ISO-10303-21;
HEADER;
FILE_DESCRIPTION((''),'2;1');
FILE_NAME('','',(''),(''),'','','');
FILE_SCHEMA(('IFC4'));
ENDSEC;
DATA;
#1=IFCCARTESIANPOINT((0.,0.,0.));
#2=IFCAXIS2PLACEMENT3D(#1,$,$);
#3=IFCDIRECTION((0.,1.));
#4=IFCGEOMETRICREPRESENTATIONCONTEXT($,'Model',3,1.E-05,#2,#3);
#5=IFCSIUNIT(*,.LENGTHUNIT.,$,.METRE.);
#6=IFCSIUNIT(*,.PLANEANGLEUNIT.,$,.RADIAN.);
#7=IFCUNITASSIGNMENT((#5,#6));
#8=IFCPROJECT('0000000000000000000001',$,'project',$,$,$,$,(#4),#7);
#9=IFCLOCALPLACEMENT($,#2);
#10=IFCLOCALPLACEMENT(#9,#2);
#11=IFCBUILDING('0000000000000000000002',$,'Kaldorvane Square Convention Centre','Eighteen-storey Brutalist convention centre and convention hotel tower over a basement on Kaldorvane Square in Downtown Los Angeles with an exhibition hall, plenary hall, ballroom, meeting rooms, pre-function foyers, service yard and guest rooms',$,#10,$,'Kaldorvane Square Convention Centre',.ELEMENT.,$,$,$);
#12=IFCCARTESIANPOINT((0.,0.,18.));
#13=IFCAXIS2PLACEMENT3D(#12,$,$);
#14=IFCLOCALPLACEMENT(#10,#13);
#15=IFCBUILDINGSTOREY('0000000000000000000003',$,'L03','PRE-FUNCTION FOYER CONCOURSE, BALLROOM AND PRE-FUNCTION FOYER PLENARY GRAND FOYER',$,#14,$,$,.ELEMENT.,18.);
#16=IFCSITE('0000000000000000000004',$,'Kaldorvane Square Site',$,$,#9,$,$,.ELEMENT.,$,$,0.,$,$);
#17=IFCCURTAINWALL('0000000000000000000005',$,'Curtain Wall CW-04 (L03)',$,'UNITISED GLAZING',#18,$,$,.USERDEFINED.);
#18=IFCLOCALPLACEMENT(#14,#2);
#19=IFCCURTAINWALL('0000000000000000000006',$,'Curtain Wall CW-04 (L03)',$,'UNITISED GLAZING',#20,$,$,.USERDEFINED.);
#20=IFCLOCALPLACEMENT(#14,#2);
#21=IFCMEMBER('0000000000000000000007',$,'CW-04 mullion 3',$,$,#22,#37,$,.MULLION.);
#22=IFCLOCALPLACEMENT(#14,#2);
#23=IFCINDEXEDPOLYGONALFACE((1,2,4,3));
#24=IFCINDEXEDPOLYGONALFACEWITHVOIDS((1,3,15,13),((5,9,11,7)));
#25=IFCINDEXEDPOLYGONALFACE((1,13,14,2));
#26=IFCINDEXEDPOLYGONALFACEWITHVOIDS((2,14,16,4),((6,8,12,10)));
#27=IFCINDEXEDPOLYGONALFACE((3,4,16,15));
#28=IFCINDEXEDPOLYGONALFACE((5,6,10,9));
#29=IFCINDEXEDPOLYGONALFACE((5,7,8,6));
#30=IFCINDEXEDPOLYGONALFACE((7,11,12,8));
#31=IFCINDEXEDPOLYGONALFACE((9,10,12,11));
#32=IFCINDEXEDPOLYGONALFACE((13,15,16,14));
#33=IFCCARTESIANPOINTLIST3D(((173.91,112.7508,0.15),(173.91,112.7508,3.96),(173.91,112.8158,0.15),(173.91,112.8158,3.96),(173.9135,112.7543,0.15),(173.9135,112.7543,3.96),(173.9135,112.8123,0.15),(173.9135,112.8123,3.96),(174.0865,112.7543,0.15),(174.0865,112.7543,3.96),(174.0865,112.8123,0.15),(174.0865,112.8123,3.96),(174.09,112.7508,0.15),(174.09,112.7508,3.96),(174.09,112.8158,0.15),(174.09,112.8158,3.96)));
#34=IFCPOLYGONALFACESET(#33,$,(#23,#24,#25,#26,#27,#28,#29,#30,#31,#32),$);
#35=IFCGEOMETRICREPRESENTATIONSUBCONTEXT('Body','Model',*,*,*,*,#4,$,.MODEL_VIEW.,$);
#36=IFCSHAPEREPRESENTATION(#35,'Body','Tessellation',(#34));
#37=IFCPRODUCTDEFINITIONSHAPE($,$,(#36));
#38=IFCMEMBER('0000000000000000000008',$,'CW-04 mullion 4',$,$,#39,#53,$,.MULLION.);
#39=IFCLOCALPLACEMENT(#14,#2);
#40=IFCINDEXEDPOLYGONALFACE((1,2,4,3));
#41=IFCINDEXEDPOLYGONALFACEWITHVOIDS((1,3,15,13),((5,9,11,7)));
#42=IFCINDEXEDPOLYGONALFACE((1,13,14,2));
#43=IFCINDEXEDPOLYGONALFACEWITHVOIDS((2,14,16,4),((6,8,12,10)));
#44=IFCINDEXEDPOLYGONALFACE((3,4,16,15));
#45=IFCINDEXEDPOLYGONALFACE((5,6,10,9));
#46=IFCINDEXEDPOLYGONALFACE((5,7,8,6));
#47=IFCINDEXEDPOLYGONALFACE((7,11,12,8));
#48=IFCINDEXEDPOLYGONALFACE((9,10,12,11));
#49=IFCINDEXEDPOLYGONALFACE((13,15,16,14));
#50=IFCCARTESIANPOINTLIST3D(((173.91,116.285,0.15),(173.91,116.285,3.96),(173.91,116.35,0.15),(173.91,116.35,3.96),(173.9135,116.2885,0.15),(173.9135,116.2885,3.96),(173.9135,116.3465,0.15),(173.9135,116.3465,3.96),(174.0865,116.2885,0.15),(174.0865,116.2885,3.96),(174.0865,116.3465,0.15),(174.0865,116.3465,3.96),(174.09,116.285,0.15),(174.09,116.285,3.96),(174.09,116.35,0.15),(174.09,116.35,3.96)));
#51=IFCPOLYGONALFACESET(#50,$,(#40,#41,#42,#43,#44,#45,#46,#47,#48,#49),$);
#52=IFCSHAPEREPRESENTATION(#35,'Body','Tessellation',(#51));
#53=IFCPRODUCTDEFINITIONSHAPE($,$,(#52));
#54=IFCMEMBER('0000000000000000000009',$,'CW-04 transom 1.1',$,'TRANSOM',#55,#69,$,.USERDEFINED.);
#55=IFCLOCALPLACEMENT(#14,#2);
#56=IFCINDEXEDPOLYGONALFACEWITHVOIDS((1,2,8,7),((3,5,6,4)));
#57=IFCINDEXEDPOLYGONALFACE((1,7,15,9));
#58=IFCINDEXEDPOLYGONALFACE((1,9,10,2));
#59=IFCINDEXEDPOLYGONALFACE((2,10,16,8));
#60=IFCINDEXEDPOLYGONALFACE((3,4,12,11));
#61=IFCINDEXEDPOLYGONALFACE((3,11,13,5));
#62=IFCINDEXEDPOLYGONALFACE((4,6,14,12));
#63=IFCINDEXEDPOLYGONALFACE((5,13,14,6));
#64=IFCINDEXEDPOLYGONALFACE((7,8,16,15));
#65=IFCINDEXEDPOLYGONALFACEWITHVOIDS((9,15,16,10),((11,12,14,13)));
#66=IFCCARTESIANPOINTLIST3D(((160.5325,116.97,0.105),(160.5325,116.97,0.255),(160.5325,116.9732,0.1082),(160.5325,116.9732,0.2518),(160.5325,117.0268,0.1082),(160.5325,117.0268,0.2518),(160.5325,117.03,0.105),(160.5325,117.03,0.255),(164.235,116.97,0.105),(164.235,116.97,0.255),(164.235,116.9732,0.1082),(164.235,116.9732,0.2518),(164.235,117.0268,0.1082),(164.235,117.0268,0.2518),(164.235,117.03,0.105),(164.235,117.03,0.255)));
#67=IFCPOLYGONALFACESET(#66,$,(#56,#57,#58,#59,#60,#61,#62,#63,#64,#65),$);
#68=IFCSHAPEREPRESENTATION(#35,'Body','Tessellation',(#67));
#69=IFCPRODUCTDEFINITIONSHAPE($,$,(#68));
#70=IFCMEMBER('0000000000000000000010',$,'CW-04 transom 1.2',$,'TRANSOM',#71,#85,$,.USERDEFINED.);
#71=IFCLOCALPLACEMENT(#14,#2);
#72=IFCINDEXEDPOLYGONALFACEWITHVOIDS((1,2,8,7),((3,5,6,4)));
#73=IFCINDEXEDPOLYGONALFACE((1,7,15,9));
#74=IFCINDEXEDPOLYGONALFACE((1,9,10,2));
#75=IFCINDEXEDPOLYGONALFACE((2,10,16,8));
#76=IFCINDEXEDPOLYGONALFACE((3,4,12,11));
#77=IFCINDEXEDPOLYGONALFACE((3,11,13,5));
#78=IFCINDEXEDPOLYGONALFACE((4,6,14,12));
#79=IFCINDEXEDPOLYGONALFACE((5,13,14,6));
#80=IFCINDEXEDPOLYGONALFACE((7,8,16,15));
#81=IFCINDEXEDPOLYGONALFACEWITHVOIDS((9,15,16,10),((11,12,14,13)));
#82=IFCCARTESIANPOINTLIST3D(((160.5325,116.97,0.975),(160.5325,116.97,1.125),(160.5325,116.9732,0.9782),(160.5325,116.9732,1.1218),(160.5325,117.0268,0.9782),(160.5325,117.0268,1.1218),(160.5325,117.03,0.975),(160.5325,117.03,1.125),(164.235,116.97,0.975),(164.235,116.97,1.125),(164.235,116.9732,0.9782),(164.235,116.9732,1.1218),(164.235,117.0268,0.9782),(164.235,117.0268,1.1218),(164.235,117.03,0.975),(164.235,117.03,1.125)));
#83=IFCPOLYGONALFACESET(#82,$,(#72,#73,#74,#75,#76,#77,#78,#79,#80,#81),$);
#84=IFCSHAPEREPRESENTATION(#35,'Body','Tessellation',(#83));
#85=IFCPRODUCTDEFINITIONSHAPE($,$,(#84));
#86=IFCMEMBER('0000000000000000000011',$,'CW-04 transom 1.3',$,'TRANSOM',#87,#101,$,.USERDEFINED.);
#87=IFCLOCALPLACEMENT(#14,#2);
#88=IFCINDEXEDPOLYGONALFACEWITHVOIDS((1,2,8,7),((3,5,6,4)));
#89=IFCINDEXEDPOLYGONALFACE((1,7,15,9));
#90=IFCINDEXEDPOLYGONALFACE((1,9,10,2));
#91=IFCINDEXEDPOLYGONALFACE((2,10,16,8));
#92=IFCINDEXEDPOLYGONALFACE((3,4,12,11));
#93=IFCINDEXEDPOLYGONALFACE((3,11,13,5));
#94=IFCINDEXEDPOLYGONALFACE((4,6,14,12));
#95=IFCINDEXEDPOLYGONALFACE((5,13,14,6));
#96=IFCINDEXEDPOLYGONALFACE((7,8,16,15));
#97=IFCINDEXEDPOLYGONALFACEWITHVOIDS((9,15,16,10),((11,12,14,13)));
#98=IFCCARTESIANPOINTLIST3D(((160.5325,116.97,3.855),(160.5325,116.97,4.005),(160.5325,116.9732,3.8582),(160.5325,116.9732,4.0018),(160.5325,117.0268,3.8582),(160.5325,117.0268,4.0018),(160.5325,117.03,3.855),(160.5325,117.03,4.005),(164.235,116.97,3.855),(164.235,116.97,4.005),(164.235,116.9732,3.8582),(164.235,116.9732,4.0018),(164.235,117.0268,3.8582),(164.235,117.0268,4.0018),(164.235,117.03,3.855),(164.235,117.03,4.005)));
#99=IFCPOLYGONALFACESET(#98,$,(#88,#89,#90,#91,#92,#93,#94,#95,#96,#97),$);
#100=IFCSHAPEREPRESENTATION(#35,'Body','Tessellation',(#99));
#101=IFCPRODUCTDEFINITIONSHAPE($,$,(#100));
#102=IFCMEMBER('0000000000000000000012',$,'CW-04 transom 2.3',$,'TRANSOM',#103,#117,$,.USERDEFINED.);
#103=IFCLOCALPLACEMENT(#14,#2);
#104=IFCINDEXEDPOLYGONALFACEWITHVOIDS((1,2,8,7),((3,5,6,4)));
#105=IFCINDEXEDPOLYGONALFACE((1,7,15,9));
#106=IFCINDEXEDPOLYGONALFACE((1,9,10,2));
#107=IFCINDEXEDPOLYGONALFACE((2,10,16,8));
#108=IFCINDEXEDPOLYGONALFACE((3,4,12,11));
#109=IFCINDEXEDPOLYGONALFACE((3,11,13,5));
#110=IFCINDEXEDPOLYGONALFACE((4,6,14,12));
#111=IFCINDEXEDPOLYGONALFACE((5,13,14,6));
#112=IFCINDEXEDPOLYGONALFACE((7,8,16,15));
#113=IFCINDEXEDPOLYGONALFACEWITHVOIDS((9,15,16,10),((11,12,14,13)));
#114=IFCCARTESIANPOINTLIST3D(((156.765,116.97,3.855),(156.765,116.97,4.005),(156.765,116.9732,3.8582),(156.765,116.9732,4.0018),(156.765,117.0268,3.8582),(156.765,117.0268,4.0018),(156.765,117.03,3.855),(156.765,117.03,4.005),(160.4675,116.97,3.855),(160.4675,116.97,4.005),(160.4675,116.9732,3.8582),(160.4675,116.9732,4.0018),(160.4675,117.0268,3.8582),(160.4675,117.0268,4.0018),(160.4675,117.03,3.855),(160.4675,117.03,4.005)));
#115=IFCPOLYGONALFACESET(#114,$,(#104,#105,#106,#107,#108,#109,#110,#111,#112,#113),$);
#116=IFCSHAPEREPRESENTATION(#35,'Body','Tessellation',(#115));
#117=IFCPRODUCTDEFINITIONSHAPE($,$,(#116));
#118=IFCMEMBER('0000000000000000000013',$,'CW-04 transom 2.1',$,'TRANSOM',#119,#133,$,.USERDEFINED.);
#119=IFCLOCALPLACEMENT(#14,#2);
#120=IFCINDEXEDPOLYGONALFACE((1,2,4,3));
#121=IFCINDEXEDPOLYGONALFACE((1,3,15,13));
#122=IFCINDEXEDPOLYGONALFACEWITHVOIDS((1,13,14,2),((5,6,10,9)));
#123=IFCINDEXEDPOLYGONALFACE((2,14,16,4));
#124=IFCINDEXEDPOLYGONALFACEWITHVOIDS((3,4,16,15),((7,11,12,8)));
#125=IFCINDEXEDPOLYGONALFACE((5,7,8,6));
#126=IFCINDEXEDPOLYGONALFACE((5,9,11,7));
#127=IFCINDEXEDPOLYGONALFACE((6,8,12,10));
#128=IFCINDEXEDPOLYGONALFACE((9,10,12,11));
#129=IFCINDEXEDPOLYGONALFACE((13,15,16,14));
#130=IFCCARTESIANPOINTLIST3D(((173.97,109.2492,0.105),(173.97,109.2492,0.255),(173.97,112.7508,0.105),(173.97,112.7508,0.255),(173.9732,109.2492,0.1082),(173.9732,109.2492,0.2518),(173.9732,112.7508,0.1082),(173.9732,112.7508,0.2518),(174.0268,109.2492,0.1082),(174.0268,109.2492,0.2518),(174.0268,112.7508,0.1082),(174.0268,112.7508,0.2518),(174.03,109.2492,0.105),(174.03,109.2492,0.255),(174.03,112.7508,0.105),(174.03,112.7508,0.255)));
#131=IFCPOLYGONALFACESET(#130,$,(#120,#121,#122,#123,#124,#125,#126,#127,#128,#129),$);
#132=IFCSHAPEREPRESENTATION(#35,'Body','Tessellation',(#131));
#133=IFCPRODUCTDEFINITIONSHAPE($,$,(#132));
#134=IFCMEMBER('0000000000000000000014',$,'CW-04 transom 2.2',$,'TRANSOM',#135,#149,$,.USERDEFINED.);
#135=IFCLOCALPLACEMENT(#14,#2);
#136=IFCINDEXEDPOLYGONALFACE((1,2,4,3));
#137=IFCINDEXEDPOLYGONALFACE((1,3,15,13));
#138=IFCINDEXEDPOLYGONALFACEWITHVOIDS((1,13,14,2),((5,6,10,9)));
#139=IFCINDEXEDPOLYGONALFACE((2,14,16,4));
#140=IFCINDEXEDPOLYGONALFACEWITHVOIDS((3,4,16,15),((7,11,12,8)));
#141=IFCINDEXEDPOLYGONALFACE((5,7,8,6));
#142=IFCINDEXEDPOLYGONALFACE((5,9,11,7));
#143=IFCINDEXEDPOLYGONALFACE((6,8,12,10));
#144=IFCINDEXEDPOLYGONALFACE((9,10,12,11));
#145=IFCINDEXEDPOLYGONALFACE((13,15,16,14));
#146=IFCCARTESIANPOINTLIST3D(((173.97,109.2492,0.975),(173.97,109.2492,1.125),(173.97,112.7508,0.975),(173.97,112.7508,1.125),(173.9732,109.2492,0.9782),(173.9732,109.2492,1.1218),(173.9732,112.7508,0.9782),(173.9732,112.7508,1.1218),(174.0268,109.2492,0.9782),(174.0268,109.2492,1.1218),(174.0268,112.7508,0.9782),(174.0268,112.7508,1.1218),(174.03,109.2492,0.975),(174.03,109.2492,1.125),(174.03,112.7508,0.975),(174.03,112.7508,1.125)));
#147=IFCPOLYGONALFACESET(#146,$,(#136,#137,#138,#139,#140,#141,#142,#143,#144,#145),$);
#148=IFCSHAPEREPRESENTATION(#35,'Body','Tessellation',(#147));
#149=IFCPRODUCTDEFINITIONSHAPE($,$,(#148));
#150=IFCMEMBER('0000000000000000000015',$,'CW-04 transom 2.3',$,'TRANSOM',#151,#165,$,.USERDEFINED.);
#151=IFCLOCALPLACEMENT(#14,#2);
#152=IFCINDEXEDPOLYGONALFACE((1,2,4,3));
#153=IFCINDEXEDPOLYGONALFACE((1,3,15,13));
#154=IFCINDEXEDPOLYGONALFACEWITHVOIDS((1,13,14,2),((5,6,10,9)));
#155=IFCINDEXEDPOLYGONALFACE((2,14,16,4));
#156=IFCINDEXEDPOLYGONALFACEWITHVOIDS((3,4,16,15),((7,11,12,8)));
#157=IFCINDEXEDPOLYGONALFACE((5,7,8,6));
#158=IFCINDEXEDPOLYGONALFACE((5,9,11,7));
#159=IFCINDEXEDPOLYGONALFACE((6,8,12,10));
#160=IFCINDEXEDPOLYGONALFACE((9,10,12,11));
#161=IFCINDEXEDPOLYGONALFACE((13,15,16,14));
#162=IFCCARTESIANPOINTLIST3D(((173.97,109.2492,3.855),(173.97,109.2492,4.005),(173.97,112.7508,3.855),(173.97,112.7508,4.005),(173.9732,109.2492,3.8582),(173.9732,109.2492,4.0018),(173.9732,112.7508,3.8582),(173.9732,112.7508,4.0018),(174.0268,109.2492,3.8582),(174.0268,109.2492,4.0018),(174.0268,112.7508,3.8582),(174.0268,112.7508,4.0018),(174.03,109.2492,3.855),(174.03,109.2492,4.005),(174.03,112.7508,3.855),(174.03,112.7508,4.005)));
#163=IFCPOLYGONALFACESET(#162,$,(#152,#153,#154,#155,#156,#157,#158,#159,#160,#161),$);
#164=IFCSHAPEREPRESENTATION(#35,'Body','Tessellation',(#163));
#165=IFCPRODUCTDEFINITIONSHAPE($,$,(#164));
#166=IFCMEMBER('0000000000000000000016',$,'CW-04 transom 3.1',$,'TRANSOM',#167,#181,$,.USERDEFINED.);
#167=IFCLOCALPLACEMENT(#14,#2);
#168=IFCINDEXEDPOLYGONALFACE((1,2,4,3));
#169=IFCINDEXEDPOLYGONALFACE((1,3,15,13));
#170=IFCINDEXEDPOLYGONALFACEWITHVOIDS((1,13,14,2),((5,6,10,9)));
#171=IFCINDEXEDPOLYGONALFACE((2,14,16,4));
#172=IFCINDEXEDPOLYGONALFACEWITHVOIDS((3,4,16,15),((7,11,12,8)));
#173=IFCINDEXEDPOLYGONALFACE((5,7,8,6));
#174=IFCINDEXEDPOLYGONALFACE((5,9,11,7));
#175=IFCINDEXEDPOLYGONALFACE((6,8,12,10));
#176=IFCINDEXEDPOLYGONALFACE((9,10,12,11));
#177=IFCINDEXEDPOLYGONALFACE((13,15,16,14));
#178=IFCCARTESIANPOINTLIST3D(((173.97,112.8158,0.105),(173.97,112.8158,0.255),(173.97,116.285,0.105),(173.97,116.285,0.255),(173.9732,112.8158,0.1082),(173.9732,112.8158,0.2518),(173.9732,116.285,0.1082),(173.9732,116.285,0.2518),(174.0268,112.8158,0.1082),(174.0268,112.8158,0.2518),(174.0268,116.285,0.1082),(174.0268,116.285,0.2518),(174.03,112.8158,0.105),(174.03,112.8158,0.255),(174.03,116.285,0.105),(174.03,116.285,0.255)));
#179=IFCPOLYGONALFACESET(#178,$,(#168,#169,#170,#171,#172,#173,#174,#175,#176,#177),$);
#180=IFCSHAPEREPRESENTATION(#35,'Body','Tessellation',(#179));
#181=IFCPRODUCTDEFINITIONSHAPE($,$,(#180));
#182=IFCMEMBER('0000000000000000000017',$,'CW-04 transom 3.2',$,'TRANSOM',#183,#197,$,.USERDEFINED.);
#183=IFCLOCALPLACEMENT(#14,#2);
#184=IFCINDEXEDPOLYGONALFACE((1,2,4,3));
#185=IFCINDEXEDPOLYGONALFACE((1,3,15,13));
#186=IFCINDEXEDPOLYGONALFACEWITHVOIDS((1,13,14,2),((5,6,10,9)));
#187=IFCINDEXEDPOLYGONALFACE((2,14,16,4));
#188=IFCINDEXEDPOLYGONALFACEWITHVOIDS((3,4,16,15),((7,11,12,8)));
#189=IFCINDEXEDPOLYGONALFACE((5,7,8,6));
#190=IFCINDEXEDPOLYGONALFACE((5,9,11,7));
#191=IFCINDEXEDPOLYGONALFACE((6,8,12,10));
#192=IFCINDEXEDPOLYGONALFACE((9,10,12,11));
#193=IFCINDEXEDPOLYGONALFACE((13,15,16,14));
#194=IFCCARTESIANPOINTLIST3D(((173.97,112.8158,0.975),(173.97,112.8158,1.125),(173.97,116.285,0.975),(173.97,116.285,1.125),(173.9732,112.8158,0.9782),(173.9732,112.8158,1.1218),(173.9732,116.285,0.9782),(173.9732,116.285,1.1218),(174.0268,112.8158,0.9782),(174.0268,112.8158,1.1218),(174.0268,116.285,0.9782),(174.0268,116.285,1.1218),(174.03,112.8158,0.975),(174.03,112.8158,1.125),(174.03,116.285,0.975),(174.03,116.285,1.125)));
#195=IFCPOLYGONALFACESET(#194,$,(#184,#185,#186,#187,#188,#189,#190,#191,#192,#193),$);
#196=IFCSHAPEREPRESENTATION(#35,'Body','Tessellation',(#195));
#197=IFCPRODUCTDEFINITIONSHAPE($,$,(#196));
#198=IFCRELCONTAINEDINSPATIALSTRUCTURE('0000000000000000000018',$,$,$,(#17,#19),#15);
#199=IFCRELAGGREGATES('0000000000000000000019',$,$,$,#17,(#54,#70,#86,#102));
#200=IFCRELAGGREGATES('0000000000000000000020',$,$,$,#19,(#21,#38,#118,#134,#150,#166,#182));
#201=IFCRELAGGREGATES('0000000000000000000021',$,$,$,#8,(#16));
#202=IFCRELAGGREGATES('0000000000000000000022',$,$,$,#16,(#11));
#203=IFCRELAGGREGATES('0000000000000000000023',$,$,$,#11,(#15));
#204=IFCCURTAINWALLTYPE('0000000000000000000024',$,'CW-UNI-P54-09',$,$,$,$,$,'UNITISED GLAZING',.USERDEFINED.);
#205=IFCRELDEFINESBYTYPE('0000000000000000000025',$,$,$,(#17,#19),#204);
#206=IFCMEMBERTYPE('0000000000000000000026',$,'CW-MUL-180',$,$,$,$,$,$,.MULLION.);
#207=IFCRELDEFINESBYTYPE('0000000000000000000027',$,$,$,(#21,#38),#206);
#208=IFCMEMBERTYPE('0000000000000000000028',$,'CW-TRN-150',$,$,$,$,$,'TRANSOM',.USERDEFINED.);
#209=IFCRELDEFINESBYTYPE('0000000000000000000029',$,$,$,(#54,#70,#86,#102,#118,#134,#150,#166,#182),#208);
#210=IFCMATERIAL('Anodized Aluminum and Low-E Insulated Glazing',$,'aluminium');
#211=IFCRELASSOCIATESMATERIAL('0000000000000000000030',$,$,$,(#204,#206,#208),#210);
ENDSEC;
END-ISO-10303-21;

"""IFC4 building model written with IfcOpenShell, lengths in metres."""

from ifc_helpers import new_model, si_unit, direction, frame, origin, origin_2d, place, context, subcontext, project, spatial, hollow_rectangle, extrude, material, material_profile, profile_set, type_object, element, aggregate, save


model = new_model("IFC4")

# Units and contexts
model_context = context("Model", 3, precision=1e-05, world=origin(), true_north=direction((0.0, 1.0)))
body_context = subcontext(model_context, "Body", "Model", "MODEL_VIEW")
ifc_project = project(units=[si_unit("LENGTHUNIT", "METRE"), si_unit("PLANEANGLEUNIT", "RADIAN")], contexts=[model_context])

# Site, building, storey
site_placement = place(None, origin())
site = spatial("IfcSite", under=ifc_project, at=site_placement, Name="Kaldorvane Square Site", CompositionType="ELEMENT", RefElevation=0.0)
building_placement = place(site_placement, origin())
building = spatial("IfcBuilding", under=site, at=building_placement, Name="Kaldorvane Square Convention Centre", Description="Eighteen-storey Brutalist convention centre and convention hotel tower over a basement on Kaldorvane Square in Downtown Los Angeles with an exhibition hall, plenary hall, ballroom, meeting rooms, pre-function foyers, service yard and guest rooms", LongName="Kaldorvane Square Convention Centre", CompositionType="ELEMENT")
storey_placement = place(building_placement, frame((0.0, 0.0, 18.0)))
storey = spatial("IfcBuildingStorey", under=building, at=storey_placement, Name="L03", Description="PRE-FUNCTION FOYER CONCOURSE, BALLROOM AND PRE-FUNCTION FOYER PLENARY GRAND FOYER", CompositionType="ELEMENT", Elevation=18.0)

# Curtain walls, members
ifc_material_1 = material(Name="Anodized Aluminum and Low-E Insulated Glazing", Category="aluminium")
curtain_wall_type = type_object("IfcCurtainWallType", Name="CW-UNI-P54-09", ElementType="UNITISED GLAZING", PredefinedType="USERDEFINED", material=ifc_material_1)
curtain_wall_1_placement = place(storey_placement, origin())
curtain_wall_1 = element("IfcCurtainWall", 1, at=curtain_wall_1_placement, inside=storey, type_object=curtain_wall_type, Name="Curtain Wall CW-04 (L03)", ObjectType="UNITISED GLAZING", PredefinedType="USERDEFINED")
ifc_material_profile_1 = material_profile(ifc_material_1, hollow_rectangle(XDim=0.065, YDim=0.18, WallThickness=0.0035, at=origin_2d()), Name="CWM-180X65")
ifc_profile_set_1 = profile_set([ifc_material_profile_1], Name="Anodized Aluminum and Low-E Insulated Glazing")
member_type_1 = type_object("IfcMemberType", Name="CW-MUL-180", PredefinedType="MULLION", material=ifc_profile_set_1)
curtain_wall_2_placement = place(storey_placement, origin())
curtain_wall_2 = element("IfcCurtainWall", 2, at=curtain_wall_2_placement, inside=storey, type_object=curtain_wall_type, Name="Curtain Wall CW-04 (L03)", ObjectType="UNITISED GLAZING", PredefinedType="USERDEFINED")
member_1_placement = place(storey_placement, frame((174.0, 112.7833, 0.15), z_axis=(0.0, 0.0, 1.0), x_axis=(0.0, 1.0, 0.0)))
member_1 = element("IfcMember", 3, at=member_1_placement, type_object=member_type_1, Name="CW-04 mullion 3", PredefinedType="MULLION", context=body_context, shape_type="SweptSolid", body=[
    extrude(hollow_rectangle(XDim=0.065, YDim=0.18, WallThickness=0.0035, at=origin_2d()), origin(), (0.0, 0.0, 1.0), 3.81),
])
member_2_placement = place(storey_placement, frame((174.0, 116.3175, 0.15), z_axis=(0.0, 0.0, 1.0), x_axis=(0.0, 1.0, 0.0)))
member_2 = element("IfcMember", 4, at=member_2_placement, type_object=member_type_1, Name="CW-04 mullion 4", PredefinedType="MULLION", context=body_context, shape_type="SweptSolid", body=[
    extrude(hollow_rectangle(XDim=0.065, YDim=0.18, WallThickness=0.0035, at=origin_2d()), origin(), (0.0, 0.0, 1.0), 3.81),
])

# Members
ifc_material_profile_2 = material_profile(ifc_material_1, hollow_rectangle(XDim=0.06, YDim=0.15, WallThickness=0.0032, at=origin_2d()), Name="CWT-150X60")
ifc_profile_set_2 = profile_set([ifc_material_profile_2], Name="Anodized Aluminum and Low-E Insulated Glazing")
member_type_2 = type_object("IfcMemberType", Name="CW-TRN-150", ElementType="TRANSOM", PredefinedType="USERDEFINED", material=ifc_profile_set_2)
member_3_placement = place(storey_placement, frame((164.235, 117.0, 0.18), z_axis=(-1.0, 0.0, 0.0), x_axis=(0.0, -1.0, 0.0)))
member_3 = element("IfcMember", 5, at=member_3_placement, type_object=member_type_2, Name="CW-04 transom 1.1", ObjectType="TRANSOM", PredefinedType="USERDEFINED", context=body_context, shape_type="SweptSolid", body=[
    extrude(hollow_rectangle(XDim=0.06, YDim=0.15, WallThickness=0.0032, at=origin_2d()), origin(), (0.0, 0.0, 1.0), 3.7025),
])
member_4_placement = place(storey_placement, frame((164.235, 117.0, 1.05), z_axis=(-1.0, 0.0, 0.0), x_axis=(0.0, -1.0, 0.0)))
member_4 = element("IfcMember", 6, at=member_4_placement, type_object=member_type_2, Name="CW-04 transom 1.2", ObjectType="TRANSOM", PredefinedType="USERDEFINED", context=body_context, shape_type="SweptSolid", body=[
    extrude(hollow_rectangle(XDim=0.06, YDim=0.15, WallThickness=0.0032, at=origin_2d()), origin(), (0.0, 0.0, 1.0), 3.7025),
])
member_5_placement = place(storey_placement, frame((164.235, 117.0, 3.93), z_axis=(-1.0, 0.0, 0.0), x_axis=(0.0, -1.0, 0.0)))
member_5 = element("IfcMember", 7, at=member_5_placement, type_object=member_type_2, Name="CW-04 transom 1.3", ObjectType="TRANSOM", PredefinedType="USERDEFINED", context=body_context, shape_type="SweptSolid", body=[
    extrude(hollow_rectangle(XDim=0.06, YDim=0.15, WallThickness=0.0032, at=origin_2d()), origin(), (0.0, 0.0, 1.0), 3.7025),
])
member_6_placement = place(storey_placement, frame((160.4675, 117.0, 3.93), z_axis=(-1.0, 0.0, 0.0), x_axis=(0.0, -1.0, 0.0)))
member_6 = element("IfcMember", 8, at=member_6_placement, type_object=member_type_2, Name="CW-04 transom 2.3", ObjectType="TRANSOM", PredefinedType="USERDEFINED", context=body_context, shape_type="SweptSolid", body=[
    extrude(hollow_rectangle(XDim=0.06, YDim=0.15, WallThickness=0.0032, at=origin_2d()), origin(), (0.0, 0.0, 1.0), 3.7025),
])
member_7_placement = place(storey_placement, frame((174.0, 109.2492, 0.18), z_axis=(0.0, 1.0, 0.0), x_axis=(-1.0, 0.0, 0.0)))
member_7 = element("IfcMember", 9, at=member_7_placement, type_object=member_type_2, Name="CW-04 transom 2.1", ObjectType="TRANSOM", PredefinedType="USERDEFINED", context=body_context, shape_type="SweptSolid", body=[
    extrude(hollow_rectangle(XDim=0.06, YDim=0.15, WallThickness=0.0032, at=origin_2d()), origin(), (0.0, 0.0, 1.0), 3.5017),
])
member_8_placement = place(storey_placement, frame((174.0, 109.2492, 1.05), z_axis=(0.0, 1.0, 0.0), x_axis=(-1.0, 0.0, 0.0)))
member_8 = element("IfcMember", 10, at=member_8_placement, type_object=member_type_2, Name="CW-04 transom 2.2", ObjectType="TRANSOM", PredefinedType="USERDEFINED", context=body_context, shape_type="SweptSolid", body=[
    extrude(hollow_rectangle(XDim=0.06, YDim=0.15, WallThickness=0.0032, at=origin_2d()), origin(), (0.0, 0.0, 1.0), 3.5017),
])
member_9_placement = place(storey_placement, frame((174.0, 109.2492, 3.93), z_axis=(0.0, 1.0, 0.0), x_axis=(-1.0, 0.0, 0.0)))
member_9 = element("IfcMember", 11, at=member_9_placement, type_object=member_type_2, Name="CW-04 transom 2.3", ObjectType="TRANSOM", PredefinedType="USERDEFINED", context=body_context, shape_type="SweptSolid", body=[
    extrude(hollow_rectangle(XDim=0.06, YDim=0.15, WallThickness=0.0032, at=origin_2d()), origin(), (0.0, 0.0, 1.0), 3.5017),
])
member_10_placement = place(storey_placement, frame((174.0, 112.8158, 0.18), z_axis=(0.0, 1.0, 0.0), x_axis=(-1.0, 0.0, 0.0)))
member_10 = element("IfcMember", 12, at=member_10_placement, type_object=member_type_2, Name="CW-04 transom 3.1", ObjectType="TRANSOM", PredefinedType="USERDEFINED", context=body_context, shape_type="SweptSolid", body=[
    extrude(hollow_rectangle(XDim=0.06, YDim=0.15, WallThickness=0.0032, at=origin_2d()), origin(), (0.0, 0.0, 1.0), 3.4692),
])
member_11_placement = place(storey_placement, frame((174.0, 112.8158, 1.05), z_axis=(0.0, 1.0, 0.0), x_axis=(-1.0, 0.0, 0.0)))
member_11 = element("IfcMember", 13, at=member_11_placement, type_object=member_type_2, Name="CW-04 transom 3.2", ObjectType="TRANSOM", PredefinedType="USERDEFINED", context=body_context, shape_type="SweptSolid", body=[
    extrude(hollow_rectangle(XDim=0.06, YDim=0.15, WallThickness=0.0032, at=origin_2d()), origin(), (0.0, 0.0, 1.0), 3.4692),
])

aggregate(curtain_wall_1, [member_3, member_4, member_5, member_6])
aggregate(curtain_wall_2, [member_1, member_2, member_7, member_8, member_9, member_10, member_11])

save(model, "model.ifc")
